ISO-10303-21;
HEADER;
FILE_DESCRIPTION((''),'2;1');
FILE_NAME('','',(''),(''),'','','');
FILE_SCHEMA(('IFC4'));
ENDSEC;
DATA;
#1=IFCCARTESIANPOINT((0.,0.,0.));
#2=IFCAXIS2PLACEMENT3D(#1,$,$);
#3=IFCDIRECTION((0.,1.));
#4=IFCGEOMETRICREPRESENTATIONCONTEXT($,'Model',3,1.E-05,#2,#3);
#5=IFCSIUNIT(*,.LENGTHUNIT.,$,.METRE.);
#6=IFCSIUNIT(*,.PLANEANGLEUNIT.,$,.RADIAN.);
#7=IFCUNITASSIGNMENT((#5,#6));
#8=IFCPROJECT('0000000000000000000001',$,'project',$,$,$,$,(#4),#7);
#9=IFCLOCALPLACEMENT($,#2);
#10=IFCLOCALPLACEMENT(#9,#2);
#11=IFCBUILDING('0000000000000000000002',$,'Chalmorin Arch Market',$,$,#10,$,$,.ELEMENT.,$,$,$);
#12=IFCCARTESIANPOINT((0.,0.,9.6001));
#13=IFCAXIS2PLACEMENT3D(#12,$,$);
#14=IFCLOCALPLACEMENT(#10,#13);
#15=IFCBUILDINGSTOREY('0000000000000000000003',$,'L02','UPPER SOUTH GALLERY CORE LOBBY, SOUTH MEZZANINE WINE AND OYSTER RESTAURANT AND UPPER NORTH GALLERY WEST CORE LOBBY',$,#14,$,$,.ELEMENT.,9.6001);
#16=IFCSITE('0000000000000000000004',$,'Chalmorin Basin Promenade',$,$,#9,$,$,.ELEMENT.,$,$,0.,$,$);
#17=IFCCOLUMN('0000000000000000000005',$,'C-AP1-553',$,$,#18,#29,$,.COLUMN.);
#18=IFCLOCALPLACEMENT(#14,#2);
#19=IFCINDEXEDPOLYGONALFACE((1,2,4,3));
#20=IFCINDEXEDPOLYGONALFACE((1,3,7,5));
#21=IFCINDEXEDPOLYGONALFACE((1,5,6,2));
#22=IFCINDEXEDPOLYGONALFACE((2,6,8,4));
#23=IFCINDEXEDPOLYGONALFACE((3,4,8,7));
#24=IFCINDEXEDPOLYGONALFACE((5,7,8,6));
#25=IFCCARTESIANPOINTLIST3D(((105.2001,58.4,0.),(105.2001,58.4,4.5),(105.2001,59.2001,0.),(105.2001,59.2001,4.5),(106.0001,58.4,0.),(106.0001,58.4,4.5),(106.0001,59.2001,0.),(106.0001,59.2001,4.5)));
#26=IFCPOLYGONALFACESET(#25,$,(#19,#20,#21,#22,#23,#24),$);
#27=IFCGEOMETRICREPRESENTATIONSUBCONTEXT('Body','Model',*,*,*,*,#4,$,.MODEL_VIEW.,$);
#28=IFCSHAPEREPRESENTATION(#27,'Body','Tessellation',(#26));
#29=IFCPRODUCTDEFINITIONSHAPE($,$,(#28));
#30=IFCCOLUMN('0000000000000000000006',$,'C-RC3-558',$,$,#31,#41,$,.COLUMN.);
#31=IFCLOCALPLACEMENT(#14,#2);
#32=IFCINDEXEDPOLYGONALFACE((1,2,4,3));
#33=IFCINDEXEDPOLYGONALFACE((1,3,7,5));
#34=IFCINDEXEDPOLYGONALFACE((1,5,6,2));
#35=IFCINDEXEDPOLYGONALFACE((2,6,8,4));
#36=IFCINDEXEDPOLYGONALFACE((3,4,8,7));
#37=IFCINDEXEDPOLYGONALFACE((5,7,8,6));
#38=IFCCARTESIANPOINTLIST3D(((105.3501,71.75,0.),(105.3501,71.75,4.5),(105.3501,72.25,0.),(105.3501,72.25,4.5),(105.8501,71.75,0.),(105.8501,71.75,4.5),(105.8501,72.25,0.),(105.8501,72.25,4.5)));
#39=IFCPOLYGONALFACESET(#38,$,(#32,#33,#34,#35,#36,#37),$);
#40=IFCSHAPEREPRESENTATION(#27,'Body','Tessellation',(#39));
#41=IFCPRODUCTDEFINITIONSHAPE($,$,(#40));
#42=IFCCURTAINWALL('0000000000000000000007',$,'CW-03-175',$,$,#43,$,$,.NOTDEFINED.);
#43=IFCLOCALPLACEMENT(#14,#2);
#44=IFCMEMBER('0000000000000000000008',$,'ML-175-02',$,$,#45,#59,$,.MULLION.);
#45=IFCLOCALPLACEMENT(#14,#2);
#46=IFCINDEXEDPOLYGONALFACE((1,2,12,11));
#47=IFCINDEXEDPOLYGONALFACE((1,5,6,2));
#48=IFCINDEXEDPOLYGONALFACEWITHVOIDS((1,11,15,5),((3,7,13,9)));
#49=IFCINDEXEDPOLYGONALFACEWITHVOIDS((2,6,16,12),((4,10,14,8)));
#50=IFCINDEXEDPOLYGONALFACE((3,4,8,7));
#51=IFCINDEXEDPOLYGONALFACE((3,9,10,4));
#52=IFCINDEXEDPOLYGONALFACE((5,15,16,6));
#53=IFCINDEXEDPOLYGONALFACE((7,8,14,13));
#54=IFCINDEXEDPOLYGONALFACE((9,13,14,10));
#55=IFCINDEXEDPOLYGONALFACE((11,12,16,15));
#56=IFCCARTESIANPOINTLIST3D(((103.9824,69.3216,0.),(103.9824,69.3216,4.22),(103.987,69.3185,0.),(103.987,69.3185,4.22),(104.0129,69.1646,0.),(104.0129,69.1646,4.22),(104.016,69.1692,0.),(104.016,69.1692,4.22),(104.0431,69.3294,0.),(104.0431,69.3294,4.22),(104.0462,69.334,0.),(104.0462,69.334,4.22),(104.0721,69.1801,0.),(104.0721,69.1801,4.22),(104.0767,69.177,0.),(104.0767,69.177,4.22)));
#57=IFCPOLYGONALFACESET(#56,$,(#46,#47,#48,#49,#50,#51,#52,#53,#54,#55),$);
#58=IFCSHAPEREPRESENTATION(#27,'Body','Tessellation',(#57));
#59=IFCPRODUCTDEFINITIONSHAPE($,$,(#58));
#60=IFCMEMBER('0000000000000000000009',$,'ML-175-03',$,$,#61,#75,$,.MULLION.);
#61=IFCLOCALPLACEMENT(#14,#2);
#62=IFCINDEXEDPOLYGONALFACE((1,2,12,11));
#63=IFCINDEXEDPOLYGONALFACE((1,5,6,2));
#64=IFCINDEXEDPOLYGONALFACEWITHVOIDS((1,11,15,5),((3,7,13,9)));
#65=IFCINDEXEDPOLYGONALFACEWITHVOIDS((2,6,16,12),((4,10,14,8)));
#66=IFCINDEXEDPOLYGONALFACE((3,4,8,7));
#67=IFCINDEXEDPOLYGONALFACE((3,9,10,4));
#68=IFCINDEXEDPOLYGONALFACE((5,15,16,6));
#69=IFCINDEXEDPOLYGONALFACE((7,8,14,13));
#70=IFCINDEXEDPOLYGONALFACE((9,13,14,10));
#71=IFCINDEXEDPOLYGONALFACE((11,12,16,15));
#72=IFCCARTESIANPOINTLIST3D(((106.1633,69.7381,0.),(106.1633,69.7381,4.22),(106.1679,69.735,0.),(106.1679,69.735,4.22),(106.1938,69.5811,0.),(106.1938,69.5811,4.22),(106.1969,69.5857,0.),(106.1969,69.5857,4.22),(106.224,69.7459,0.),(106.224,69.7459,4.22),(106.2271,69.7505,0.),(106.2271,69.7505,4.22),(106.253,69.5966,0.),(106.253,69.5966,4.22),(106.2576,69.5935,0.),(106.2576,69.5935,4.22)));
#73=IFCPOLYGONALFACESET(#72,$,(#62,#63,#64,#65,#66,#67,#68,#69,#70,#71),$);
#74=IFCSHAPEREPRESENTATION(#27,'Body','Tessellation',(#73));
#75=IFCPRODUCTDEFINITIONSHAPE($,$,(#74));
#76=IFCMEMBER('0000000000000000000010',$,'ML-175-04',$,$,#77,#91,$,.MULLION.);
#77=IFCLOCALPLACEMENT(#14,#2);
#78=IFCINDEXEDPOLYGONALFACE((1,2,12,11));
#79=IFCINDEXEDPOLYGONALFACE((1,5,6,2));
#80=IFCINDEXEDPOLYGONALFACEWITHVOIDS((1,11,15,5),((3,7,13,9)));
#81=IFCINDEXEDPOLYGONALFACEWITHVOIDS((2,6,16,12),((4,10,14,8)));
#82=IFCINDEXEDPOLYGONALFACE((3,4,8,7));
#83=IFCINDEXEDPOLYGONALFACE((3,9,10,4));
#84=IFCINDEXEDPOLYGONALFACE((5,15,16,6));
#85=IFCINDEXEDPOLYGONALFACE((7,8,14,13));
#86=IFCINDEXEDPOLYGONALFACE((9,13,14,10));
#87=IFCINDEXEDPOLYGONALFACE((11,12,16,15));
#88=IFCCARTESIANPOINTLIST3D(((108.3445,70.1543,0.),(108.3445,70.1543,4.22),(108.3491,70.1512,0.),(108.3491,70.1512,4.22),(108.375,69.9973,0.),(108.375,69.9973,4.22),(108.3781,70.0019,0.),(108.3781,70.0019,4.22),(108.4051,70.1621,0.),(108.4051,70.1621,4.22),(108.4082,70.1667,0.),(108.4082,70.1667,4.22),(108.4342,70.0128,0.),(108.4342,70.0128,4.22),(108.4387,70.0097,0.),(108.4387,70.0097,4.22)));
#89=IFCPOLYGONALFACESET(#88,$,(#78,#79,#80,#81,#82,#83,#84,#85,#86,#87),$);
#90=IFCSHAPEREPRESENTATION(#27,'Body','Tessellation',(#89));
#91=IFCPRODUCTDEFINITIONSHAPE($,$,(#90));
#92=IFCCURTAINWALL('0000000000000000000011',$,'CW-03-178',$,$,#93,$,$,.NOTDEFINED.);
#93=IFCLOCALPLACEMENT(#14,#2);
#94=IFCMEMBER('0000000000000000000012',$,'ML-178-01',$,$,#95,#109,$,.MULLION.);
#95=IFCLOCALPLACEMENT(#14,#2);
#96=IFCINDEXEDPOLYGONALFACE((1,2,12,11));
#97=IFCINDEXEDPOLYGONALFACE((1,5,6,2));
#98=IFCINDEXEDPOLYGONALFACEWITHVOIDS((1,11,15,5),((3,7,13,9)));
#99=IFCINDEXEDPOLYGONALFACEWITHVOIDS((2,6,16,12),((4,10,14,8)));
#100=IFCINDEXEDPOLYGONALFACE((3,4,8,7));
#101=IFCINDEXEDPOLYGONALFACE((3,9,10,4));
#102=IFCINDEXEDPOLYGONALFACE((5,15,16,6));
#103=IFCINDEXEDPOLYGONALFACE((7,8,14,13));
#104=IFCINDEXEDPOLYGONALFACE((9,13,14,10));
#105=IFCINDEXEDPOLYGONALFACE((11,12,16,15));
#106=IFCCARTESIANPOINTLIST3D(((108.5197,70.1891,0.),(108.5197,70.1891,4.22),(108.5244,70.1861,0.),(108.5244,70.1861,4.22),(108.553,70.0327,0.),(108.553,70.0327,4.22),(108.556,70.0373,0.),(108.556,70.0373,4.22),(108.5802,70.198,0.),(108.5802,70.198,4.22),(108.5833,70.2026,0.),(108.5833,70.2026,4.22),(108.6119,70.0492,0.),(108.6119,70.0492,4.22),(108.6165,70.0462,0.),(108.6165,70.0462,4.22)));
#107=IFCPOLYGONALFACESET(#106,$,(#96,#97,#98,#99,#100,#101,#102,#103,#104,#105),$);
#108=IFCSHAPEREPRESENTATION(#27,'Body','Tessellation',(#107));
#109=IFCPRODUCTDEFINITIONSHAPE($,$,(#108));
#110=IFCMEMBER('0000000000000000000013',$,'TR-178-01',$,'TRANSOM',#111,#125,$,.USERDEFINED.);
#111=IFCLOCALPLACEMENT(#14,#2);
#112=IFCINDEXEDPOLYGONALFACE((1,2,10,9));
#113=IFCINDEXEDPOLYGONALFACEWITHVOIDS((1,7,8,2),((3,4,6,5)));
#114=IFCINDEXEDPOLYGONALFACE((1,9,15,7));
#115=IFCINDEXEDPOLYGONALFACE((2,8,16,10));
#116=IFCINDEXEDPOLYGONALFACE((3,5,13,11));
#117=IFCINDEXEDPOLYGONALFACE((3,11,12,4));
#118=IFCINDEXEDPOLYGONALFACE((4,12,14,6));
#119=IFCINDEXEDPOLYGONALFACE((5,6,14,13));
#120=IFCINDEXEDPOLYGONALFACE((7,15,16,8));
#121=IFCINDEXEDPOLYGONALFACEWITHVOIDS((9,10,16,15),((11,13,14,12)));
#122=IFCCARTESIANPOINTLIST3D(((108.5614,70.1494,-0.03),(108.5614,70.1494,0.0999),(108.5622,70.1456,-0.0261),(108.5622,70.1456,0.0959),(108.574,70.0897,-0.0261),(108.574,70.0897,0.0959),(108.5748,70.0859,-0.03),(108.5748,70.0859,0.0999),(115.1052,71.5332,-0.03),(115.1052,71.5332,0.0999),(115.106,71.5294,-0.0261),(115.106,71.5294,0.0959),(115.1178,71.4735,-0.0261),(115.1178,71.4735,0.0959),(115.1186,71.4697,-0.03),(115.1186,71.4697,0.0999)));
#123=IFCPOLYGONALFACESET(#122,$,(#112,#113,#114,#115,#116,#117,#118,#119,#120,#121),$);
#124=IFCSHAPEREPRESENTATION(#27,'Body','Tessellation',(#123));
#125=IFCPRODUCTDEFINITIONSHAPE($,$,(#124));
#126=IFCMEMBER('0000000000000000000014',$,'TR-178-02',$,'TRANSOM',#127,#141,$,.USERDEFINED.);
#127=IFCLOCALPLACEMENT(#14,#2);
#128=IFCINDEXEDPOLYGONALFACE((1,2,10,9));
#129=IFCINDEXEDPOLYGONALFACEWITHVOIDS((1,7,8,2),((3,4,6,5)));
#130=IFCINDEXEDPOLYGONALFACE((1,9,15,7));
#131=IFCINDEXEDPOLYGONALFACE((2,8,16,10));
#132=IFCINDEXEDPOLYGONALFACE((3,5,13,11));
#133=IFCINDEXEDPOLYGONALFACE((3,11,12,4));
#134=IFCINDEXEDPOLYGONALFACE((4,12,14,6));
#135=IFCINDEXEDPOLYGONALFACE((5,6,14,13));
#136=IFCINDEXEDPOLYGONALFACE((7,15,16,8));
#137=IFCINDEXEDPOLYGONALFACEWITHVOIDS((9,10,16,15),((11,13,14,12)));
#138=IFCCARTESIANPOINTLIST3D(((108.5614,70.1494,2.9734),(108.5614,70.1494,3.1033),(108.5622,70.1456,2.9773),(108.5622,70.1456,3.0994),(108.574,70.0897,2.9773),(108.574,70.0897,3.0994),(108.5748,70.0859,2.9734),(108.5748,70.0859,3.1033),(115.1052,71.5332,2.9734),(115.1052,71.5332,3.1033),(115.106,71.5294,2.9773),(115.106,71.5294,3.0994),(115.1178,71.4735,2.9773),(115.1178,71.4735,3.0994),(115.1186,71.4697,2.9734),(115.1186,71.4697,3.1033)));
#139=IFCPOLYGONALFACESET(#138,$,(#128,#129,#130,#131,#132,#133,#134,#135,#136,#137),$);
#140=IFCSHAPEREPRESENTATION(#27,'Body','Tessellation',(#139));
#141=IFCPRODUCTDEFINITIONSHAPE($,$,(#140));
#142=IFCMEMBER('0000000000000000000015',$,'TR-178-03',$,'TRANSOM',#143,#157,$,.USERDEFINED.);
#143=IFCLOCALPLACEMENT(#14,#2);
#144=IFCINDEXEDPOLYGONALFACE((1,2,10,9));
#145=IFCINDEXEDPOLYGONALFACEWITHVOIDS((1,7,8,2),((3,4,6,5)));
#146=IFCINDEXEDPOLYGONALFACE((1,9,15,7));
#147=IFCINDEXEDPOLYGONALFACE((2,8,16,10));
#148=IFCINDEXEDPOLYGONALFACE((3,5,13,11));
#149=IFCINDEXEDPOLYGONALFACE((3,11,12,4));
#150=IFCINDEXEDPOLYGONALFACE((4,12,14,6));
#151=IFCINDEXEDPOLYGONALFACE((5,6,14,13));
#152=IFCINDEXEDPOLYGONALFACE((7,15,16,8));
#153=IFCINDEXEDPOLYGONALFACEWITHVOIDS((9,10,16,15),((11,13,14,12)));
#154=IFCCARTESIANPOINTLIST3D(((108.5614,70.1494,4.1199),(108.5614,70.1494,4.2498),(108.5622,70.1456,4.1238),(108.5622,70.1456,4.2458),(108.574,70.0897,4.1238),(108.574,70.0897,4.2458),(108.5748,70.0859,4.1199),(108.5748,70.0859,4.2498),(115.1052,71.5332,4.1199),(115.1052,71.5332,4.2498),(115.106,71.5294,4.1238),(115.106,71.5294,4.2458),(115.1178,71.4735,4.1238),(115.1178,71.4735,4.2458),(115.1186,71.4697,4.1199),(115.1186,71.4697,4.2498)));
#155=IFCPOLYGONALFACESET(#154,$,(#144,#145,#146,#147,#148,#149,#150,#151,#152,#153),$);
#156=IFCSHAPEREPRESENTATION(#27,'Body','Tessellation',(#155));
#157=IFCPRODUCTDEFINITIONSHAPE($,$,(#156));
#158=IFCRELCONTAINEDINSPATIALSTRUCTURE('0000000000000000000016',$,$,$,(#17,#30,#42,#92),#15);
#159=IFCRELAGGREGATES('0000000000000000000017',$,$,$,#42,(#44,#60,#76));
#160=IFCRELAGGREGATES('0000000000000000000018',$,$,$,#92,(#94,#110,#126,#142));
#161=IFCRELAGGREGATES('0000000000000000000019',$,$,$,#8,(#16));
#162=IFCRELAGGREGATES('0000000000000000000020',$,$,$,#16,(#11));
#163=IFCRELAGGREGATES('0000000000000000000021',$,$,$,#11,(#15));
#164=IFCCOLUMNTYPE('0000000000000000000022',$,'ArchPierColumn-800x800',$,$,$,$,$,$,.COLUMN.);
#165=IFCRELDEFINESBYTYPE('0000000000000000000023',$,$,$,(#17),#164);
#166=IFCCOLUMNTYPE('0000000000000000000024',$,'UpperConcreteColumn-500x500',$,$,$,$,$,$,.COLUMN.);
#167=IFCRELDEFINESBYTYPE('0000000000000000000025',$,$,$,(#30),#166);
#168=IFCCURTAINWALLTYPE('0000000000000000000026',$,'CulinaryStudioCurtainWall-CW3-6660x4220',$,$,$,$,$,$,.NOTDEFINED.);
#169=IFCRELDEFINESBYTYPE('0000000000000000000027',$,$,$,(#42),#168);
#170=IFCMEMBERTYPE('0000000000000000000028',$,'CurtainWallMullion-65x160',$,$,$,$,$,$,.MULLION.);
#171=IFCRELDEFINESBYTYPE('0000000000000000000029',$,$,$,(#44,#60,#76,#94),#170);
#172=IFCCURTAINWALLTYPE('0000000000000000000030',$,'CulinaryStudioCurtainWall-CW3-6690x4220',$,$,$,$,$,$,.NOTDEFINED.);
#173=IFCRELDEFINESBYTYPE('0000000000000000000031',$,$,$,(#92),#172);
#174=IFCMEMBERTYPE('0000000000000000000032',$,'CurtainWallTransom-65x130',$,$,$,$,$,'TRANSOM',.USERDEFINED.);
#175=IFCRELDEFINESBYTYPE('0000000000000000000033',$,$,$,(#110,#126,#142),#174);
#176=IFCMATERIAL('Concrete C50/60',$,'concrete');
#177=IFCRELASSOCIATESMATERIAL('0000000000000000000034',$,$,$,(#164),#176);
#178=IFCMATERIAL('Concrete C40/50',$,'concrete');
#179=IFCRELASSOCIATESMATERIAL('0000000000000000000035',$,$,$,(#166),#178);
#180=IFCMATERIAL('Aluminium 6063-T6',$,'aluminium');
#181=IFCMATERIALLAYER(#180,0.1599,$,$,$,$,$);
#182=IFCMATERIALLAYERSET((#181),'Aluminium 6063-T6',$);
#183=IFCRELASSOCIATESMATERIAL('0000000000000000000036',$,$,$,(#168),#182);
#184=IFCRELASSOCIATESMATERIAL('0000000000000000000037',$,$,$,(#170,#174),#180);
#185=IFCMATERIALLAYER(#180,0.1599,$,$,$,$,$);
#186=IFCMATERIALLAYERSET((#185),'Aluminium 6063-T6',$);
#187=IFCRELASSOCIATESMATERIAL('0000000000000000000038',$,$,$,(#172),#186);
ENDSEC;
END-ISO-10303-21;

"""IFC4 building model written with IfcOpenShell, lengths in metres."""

from ifc_helpers import new_model, si_unit, direction, frame, origin, origin_2d, place, context, subcontext, project, spatial, rectangle, hollow_rectangle, extrude, material, layer, layer_set, material_profile, profile_set, type_object, element, aggregate, save


model = new_model("IFC4")

# Units and contexts
model_context = context("Model", 3, precision=1e-05, world=origin(), true_north=direction((0.0, 1.0)))
body_context = subcontext(model_context, "Body", "Model", "MODEL_VIEW")
ifc_project = project(units=[si_unit("LENGTHUNIT", "METRE"), si_unit("PLANEANGLEUNIT", "RADIAN")], contexts=[model_context])

# Site, building, storey
site_placement = place(None, origin())
site = spatial("IfcSite", under=ifc_project, at=site_placement, Name="Chalmorin Basin Promenade", CompositionType="ELEMENT", RefElevation=0.0)
building_placement = place(site_placement, origin())
building = spatial("IfcBuilding", under=site, at=building_placement, Name="Chalmorin Arch Market", CompositionType="ELEMENT")
storey_placement = place(building_placement, frame((0.0, 0.0, 9.6001)))
storey = spatial("IfcBuildingStorey", under=building, at=storey_placement, Name="L02", Description="UPPER SOUTH GALLERY CORE LOBBY, SOUTH MEZZANINE WINE AND OYSTER RESTAURANT AND UPPER NORTH GALLERY WEST CORE LOBBY", CompositionType="ELEMENT", Elevation=9.6001)

# Columns
ifc_material_1 = material(Name="Concrete C50/60", Category="concrete")
ifc_material_profile_1 = material_profile(ifc_material_1, rectangle(XDim=0.8, YDim=0.8, at=origin_2d()), Name="RC800X800")
ifc_profile_set_1 = profile_set([ifc_material_profile_1], Name="Concrete C50/60")
column_type_1 = type_object("IfcColumnType", Name="ArchPierColumn-800x800", PredefinedType="COLUMN", material=ifc_profile_set_1)
column_1_placement = place(storey_placement, frame((105.6001, 58.8, 0.0), z_axis=(0.0, 0.0, 1.0), x_axis=(1.0, 0.0, 0.0)))
element("IfcColumn", 1, at=column_1_placement, inside=storey, type_object=column_type_1, Name="C-AP1-553", PredefinedType="COLUMN", context=body_context, shape_type="SweptSolid", body=[
    extrude(rectangle(XDim=0.8, YDim=0.8, at=origin_2d()), origin(), (0.0, 0.0, 1.0), 4.5),
])
ifc_material_2 = material(Name="Concrete C40/50", Category="concrete")
ifc_material_profile_2 = material_profile(ifc_material_2, rectangle(XDim=0.5, YDim=0.5, at=origin_2d()), Name="RC500X500")
ifc_profile_set_2 = profile_set([ifc_material_profile_2], Name="Concrete C40/50")
column_type_2 = type_object("IfcColumnType", Name="UpperConcreteColumn-500x500", PredefinedType="COLUMN", material=ifc_profile_set_2)
column_2_placement = place(storey_placement, frame((105.6001, 72.0, 0.0), z_axis=(0.0, 0.0, 1.0), x_axis=(1.0, 0.0, 0.0)))
element("IfcColumn", 2, at=column_2_placement, inside=storey, type_object=column_type_2, Name="C-RC3-558", PredefinedType="COLUMN", context=body_context, shape_type="SweptSolid", body=[
    extrude(rectangle(XDim=0.5, YDim=0.5, at=origin_2d()), origin(), (0.0, 0.0, 1.0), 4.5),
])

# Curtain walls, members
ifc_material_3 = material(Name="Aluminium 6063-T6", Category="aluminium")
ifc_layer_1 = layer(ifc_material_3, 0.1599)
ifc_layer_set_1 = layer_set([ifc_layer_1], Name="Aluminium 6063-T6")
curtain_wall_type_1 = type_object("IfcCurtainWallType", Name="CulinaryStudioCurtainWall-CW3-6660x4220", PredefinedType="NOTDEFINED", material=ifc_layer_set_1)
curtain_wall_1_placement = place(storey_placement, origin())
curtain_wall_1 = element("IfcCurtainWall", 3, at=curtain_wall_1_placement, inside=storey, type_object=curtain_wall_type_1, Name="CW-03-175", PredefinedType="NOTDEFINED")
ifc_material_profile_3 = material_profile(ifc_material_3, hollow_rectangle(XDim=0.0649, YDim=0.1599, WallThickness=0.0039, at=origin_2d()), Name="ALU65X160X4")
ifc_profile_set_3 = profile_set([ifc_material_profile_3], Name="Aluminium 6063-T6")
member_type_1 = type_object("IfcMemberType", Name="CurtainWallMullion-65x160", PredefinedType="MULLION", material=ifc_profile_set_3)
member_1_placement = place(storey_placement, frame((104.0295, 69.2493, 0.0), z_axis=(0.0, 0.0, 1.0), x_axis=(0.981627, 0.190809, 0.0)))
member_1 = element("IfcMember", 4, at=member_1_placement, type_object=member_type_1, Name="ML-175-02", PredefinedType="MULLION", context=body_context, shape_type="SweptSolid", body=[
    extrude(hollow_rectangle(XDim=0.0649, YDim=0.1599, WallThickness=0.0039, at=origin_2d()), origin(), (0.0, 0.0, 1.0), 4.22),
])
member_2_placement = place(storey_placement, frame((106.2104, 69.6658, 0.0), z_axis=(0.0, 0.0, 1.0), x_axis=(0.981627, 0.190809, 0.0)))
member_2 = element("IfcMember", 5, at=member_2_placement, type_object=member_type_1, Name="ML-175-03", PredefinedType="MULLION", context=body_context, shape_type="SweptSolid", body=[
    extrude(hollow_rectangle(XDim=0.0649, YDim=0.1599, WallThickness=0.0039, at=origin_2d()), origin(), (0.0, 0.0, 1.0), 4.22),
])
member_3_placement = place(storey_placement, frame((108.3916, 70.082, 0.0), z_axis=(0.0, 0.0, 1.0), x_axis=(0.981627, 0.190809, 0.0)))
member_3 = element("IfcMember", 6, at=member_3_placement, type_object=member_type_1, Name="ML-175-04", PredefinedType="MULLION", context=body_context, shape_type="SweptSolid", body=[
    extrude(hollow_rectangle(XDim=0.0649, YDim=0.1599, WallThickness=0.0039, at=origin_2d()), origin(), (0.0, 0.0, 1.0), 4.22),
])
ifc_layer_2 = layer(ifc_material_3, 0.1599)
ifc_layer_set_2 = layer_set([ifc_layer_2], Name="Aluminium 6063-T6")
curtain_wall_type_2 = type_object("IfcCurtainWallType", Name="CulinaryStudioCurtainWall-CW3-6690x4220", PredefinedType="NOTDEFINED", material=ifc_layer_set_2)
curtain_wall_2_placement = place(storey_placement, origin())
curtain_wall_2 = element("IfcCurtainWall", 7, at=curtain_wall_2_placement, inside=storey, type_object=curtain_wall_type_2, Name="CW-03-178", PredefinedType="NOTDEFINED")
member_4_placement = place(storey_placement, frame((108.5681, 70.1177, 0.0), z_axis=(0.0, 0.0, 1.0), x_axis=(0.978148, 0.207912, 0.0)))
member_4 = element("IfcMember", 8, at=member_4_placement, type_object=member_type_1, Name="ML-178-01", PredefinedType="MULLION", context=body_context, shape_type="SweptSolid", body=[
    extrude(hollow_rectangle(XDim=0.0649, YDim=0.1599, WallThickness=0.0039, at=origin_2d()), origin(), (0.0, 0.0, 1.0), 4.22),
])
ifc_material_profile_4 = material_profile(ifc_material_3, hollow_rectangle(XDim=0.0649, YDim=0.1299, WallThickness=0.0039, at=origin_2d()), Name="ALU65X130X4")
ifc_profile_set_4 = profile_set([ifc_material_profile_4], Name="Aluminium 6063-T6")
member_type_2 = type_object("IfcMemberType", Name="CurtainWallTransom-65x130", ElementType="TRANSOM", PredefinedType="USERDEFINED", material=ifc_profile_set_4)
member_5_placement = place(storey_placement, frame((108.5681, 70.1177, 0.0349), z_axis=(0.978363, 0.206893, 0.0), x_axis=(-0.206893, 0.978363, 0.0)))
member_5 = element("IfcMember", 9, at=member_5_placement, type_object=member_type_2, Name="TR-178-01", ObjectType="TRANSOM", PredefinedType="USERDEFINED", context=body_context, shape_type="SweptSolid", body=[
    extrude(hollow_rectangle(XDim=0.0649, YDim=0.1299, WallThickness=0.0039, at=origin_2d()), origin(), (0.0, 0.0, 1.0), 6.6885),
])
member_6_placement = place(storey_placement, frame((108.5681, 70.1177, 3.0383), z_axis=(0.978363, 0.206893, 0.0), x_axis=(-0.206893, 0.978363, 0.0)))
member_6 = element("IfcMember", 10, at=member_6_placement, type_object=member_type_2, Name="TR-178-02", ObjectType="TRANSOM", PredefinedType="USERDEFINED", context=body_context, shape_type="SweptSolid", body=[
    extrude(hollow_rectangle(XDim=0.0649, YDim=0.1299, WallThickness=0.0039, at=origin_2d()), origin(), (0.0, 0.0, 1.0), 6.6885),
])
member_7_placement = place(storey_placement, frame((108.5681, 70.1177, 4.1848), z_axis=(0.978363, 0.206893, 0.0), x_axis=(-0.206893, 0.978363, 0.0)))
member_7 = element("IfcMember", 11, at=member_7_placement, type_object=member_type_2, Name="TR-178-03", ObjectType="TRANSOM", PredefinedType="USERDEFINED", context=body_context, shape_type="SweptSolid", body=[
    extrude(hollow_rectangle(XDim=0.0649, YDim=0.1299, WallThickness=0.0039, at=origin_2d()), origin(), (0.0, 0.0, 1.0), 6.6885),
])

aggregate(curtain_wall_1, [member_1, member_2, member_3])
aggregate(curtain_wall_2, [member_4, member_5, member_6, member_7])

save(model, "model.ifc")
